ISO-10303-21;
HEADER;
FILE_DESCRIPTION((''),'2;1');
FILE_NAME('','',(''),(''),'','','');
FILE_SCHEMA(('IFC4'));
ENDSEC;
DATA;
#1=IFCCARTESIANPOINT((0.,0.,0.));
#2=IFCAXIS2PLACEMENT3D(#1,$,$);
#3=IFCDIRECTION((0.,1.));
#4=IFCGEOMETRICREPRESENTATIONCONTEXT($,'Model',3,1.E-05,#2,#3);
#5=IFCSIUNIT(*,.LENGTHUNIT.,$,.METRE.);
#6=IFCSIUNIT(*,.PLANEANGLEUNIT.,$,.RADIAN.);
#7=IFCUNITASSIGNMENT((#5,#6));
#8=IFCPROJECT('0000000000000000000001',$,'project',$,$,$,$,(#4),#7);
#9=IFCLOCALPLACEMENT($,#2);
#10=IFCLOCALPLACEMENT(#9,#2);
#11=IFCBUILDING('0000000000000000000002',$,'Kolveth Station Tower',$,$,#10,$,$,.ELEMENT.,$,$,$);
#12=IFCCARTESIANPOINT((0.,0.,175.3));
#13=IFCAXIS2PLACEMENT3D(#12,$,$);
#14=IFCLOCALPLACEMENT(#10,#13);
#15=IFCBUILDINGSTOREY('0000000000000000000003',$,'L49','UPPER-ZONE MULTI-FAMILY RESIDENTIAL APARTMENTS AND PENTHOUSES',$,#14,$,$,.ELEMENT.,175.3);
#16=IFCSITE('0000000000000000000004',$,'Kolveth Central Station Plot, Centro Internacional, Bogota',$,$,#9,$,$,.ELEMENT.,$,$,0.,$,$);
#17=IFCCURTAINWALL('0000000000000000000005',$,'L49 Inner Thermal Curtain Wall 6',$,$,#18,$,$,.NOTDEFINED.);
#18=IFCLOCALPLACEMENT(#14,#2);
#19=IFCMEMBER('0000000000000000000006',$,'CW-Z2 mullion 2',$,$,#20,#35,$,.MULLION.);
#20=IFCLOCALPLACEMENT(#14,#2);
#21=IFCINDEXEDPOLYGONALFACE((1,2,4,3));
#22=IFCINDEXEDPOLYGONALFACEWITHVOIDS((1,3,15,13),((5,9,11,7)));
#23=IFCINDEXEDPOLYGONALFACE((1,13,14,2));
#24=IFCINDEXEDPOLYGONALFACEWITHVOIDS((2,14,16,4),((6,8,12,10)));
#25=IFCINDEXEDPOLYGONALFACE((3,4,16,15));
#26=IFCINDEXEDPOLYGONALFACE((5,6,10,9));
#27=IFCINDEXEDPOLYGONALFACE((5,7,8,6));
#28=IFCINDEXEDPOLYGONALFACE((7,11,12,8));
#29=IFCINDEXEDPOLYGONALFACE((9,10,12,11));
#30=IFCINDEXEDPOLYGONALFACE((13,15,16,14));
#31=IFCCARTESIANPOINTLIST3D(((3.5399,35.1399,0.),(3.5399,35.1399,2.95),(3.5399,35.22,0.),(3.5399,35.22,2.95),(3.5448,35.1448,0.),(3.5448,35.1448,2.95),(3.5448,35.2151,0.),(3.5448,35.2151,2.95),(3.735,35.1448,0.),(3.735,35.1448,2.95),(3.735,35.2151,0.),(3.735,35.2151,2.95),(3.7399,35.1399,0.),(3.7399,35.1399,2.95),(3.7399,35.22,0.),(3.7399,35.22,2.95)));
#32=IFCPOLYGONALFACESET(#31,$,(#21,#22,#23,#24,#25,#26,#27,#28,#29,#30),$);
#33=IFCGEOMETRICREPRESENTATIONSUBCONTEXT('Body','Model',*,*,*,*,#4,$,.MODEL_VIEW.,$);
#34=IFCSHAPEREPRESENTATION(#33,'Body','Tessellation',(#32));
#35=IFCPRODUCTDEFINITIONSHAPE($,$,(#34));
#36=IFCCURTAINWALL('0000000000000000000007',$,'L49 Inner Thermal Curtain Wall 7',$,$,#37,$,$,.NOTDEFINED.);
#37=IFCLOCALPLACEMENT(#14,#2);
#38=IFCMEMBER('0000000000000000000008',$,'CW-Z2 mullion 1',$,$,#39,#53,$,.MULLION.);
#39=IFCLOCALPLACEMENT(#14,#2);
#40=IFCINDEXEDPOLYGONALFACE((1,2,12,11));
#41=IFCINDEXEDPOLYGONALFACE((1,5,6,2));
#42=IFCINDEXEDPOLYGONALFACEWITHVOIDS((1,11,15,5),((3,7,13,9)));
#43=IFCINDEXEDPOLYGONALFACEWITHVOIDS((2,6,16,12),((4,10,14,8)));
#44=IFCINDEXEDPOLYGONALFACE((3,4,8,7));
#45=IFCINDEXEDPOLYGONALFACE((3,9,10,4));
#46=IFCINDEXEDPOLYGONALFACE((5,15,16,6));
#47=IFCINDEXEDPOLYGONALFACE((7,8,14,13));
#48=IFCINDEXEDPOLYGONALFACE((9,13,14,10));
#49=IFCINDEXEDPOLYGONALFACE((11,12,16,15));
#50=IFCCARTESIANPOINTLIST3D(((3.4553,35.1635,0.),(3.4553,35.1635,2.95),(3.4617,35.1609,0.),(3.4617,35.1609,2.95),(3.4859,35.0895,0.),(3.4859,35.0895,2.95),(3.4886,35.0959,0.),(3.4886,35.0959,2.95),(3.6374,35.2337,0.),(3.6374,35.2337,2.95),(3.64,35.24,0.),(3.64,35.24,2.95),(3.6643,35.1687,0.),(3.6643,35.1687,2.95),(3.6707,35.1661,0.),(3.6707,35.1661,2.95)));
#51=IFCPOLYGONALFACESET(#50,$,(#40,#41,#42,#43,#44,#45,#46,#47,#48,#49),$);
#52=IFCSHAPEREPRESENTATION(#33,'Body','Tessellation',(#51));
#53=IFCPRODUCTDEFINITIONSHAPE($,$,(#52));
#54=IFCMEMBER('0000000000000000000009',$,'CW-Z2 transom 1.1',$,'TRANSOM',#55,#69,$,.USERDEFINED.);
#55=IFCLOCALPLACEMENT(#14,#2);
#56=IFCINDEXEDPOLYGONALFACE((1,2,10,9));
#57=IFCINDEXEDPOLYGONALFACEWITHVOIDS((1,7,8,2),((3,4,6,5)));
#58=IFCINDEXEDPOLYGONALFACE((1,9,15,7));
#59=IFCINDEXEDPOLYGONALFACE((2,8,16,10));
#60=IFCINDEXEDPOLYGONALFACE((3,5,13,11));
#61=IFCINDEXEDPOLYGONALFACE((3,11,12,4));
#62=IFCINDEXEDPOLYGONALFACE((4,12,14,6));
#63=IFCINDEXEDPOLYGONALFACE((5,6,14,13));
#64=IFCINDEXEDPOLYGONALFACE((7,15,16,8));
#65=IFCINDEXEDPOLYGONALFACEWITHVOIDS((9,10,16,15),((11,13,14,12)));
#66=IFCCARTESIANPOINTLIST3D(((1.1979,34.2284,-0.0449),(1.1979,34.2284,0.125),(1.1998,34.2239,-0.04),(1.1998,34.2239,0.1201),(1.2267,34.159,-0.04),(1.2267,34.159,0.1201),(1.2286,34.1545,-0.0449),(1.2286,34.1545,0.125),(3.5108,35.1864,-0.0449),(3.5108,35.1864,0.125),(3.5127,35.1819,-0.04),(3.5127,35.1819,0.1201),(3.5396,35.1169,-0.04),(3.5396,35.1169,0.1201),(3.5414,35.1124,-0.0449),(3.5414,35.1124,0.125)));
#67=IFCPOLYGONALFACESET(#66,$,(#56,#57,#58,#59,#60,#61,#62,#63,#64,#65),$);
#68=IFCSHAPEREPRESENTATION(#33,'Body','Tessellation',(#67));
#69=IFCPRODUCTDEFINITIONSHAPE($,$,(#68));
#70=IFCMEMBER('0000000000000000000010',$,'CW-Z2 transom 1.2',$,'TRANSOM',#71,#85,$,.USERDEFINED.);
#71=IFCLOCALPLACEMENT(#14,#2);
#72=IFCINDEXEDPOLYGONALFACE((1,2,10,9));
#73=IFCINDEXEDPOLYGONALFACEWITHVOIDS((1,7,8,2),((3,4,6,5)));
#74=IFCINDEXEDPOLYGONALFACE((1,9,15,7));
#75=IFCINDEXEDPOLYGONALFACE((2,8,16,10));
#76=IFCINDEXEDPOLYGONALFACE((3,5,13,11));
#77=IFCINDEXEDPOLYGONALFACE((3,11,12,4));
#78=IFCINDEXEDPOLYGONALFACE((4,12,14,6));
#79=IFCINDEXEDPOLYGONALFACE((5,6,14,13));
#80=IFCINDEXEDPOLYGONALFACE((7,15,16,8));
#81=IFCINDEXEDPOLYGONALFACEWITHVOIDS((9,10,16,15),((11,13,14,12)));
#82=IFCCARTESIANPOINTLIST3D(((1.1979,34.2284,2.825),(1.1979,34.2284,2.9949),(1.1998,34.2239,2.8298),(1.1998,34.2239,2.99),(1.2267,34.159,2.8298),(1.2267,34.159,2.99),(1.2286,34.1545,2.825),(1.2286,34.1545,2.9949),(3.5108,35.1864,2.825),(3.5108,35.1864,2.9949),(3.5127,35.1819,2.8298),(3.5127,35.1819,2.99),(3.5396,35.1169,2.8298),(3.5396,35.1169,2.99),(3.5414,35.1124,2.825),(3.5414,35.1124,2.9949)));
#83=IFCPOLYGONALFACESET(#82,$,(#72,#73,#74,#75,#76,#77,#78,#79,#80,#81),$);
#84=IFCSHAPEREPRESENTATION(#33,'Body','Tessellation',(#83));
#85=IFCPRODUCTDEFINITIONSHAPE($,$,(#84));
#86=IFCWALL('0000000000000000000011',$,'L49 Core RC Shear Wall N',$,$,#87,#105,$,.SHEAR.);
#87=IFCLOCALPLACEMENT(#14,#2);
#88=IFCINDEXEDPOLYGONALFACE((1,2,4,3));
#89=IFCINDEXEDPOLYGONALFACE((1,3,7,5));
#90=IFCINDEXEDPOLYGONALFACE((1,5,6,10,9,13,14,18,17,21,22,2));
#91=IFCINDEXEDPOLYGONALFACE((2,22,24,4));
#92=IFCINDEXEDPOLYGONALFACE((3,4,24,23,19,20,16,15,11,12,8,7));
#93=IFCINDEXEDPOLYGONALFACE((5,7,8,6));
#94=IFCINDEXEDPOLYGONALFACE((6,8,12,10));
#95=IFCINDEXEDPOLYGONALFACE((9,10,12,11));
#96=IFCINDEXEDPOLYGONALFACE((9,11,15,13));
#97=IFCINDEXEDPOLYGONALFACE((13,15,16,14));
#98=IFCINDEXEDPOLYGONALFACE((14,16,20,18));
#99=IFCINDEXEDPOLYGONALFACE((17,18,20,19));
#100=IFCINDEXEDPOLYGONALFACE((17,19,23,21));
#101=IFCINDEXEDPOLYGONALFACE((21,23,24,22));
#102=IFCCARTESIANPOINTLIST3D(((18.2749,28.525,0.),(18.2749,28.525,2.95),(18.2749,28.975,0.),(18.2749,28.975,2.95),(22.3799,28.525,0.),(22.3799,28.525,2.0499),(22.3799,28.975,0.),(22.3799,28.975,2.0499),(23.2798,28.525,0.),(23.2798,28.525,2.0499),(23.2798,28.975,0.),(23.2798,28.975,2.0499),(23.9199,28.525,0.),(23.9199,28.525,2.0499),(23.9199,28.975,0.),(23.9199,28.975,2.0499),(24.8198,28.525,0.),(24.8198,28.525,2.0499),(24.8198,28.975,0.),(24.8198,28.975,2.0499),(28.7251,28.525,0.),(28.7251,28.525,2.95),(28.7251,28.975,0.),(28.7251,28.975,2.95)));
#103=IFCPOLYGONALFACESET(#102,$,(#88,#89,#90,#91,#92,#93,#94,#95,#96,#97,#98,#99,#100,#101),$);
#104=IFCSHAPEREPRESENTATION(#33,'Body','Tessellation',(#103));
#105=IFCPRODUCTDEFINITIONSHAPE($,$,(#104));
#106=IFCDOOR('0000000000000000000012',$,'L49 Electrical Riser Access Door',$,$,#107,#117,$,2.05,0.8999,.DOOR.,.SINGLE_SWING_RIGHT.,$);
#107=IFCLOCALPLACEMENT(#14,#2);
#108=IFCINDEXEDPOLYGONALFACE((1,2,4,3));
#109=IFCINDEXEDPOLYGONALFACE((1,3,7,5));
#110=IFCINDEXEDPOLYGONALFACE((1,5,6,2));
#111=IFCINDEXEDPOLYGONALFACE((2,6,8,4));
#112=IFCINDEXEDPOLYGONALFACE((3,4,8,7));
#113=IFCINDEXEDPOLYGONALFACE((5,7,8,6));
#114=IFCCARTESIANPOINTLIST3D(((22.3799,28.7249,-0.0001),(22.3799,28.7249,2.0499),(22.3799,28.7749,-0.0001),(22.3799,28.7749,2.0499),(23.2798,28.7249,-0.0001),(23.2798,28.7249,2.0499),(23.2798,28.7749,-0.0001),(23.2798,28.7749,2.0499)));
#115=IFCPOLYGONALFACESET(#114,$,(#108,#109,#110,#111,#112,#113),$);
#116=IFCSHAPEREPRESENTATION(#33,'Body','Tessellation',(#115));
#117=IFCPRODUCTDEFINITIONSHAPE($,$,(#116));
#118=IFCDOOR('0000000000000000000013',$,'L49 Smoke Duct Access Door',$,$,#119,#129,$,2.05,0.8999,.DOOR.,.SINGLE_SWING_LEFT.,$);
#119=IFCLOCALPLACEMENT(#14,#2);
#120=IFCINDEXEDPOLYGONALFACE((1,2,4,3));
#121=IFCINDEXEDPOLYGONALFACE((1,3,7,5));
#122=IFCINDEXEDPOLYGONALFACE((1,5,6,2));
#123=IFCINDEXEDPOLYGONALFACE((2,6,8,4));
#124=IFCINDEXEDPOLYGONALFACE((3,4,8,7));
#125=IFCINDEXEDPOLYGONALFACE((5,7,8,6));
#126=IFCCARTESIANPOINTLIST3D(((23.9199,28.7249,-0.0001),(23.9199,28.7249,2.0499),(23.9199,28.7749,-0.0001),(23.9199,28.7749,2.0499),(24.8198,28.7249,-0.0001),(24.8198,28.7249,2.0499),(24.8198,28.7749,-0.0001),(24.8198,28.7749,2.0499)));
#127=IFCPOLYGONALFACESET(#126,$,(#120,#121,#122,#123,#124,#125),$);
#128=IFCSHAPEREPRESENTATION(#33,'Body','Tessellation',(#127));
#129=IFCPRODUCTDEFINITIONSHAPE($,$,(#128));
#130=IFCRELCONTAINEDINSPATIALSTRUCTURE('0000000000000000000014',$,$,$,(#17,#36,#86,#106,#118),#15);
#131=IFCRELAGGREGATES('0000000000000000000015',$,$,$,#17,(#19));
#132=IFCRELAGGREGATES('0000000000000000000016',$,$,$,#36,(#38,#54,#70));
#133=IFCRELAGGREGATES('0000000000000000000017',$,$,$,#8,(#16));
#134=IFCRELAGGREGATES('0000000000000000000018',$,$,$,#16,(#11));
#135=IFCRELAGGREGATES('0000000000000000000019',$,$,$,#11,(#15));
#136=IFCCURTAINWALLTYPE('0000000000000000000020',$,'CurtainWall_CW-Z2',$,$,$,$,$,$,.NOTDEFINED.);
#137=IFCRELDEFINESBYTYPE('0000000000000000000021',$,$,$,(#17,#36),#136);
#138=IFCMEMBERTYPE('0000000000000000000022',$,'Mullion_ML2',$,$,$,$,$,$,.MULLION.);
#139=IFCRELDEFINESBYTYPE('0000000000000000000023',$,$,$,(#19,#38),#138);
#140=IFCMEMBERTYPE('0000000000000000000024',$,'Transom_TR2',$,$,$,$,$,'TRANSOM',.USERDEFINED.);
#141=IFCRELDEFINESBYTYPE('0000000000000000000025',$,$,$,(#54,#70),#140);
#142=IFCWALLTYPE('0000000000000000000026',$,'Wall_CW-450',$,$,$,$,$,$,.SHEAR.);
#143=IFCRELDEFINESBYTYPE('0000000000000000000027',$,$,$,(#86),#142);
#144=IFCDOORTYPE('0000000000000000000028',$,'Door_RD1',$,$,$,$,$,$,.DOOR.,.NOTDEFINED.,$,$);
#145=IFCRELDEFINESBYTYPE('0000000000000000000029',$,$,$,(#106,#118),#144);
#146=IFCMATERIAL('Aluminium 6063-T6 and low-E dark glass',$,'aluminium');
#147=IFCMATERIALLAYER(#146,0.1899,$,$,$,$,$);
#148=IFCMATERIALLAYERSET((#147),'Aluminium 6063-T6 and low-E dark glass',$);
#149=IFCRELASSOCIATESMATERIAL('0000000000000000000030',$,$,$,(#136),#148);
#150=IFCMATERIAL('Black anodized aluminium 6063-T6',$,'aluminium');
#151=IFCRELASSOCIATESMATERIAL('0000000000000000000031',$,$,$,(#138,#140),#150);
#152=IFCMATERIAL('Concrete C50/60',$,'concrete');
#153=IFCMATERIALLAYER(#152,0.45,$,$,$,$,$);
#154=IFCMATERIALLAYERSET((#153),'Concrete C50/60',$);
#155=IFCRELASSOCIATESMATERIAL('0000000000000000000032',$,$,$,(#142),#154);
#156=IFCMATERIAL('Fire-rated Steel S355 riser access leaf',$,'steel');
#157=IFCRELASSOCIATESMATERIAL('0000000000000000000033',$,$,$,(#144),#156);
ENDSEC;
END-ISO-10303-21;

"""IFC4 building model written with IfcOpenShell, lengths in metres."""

from ifc_helpers import new_model, si_unit, direction, frame, frame_2d, origin, origin_2d, place, context, subcontext, project, spatial, rectangle, hollow_rectangle, extrude, source, transform, mapped, material, layer, layer_set, material_profile, profile_set, type_object, element, fill, aggregate, save


model = new_model("IFC4")

# Units and contexts
model_context = context("Model", 3, precision=1e-05, world=origin(), true_north=direction((0.0, 1.0)))
body_context = subcontext(model_context, "Body", "Model", "MODEL_VIEW")
ifc_project = project(units=[si_unit("LENGTHUNIT", "METRE"), si_unit("PLANEANGLEUNIT", "RADIAN")], contexts=[model_context])

# Site, building, storey
site_placement = place(None, origin())
site = spatial("IfcSite", under=ifc_project, at=site_placement, Name="Kolveth Central Station Plot, Centro Internacional, Bogota", CompositionType="ELEMENT", RefElevation=0.0)
building_placement = place(site_placement, origin())
building = spatial("IfcBuilding", under=site, at=building_placement, Name="Kolveth Station Tower", CompositionType="ELEMENT")
storey_placement = place(building_placement, frame((0.0, 0.0, 175.3)))
storey = spatial("IfcBuildingStorey", under=building, at=storey_placement, Name="L49", Description="UPPER-ZONE MULTI-FAMILY RESIDENTIAL APARTMENTS AND PENTHOUSES", CompositionType="ELEMENT", Elevation=175.3)

# Curtain wall, member
ifc_material_1 = material(Name="Aluminium 6063-T6 and low-E dark glass", Category="aluminium")
ifc_layer_1 = layer(ifc_material_1, 0.1899)
ifc_layer_set_1 = layer_set([ifc_layer_1], Name="Aluminium 6063-T6 and low-E dark glass")
curtain_wall_type = type_object("IfcCurtainWallType", Name="CurtainWall_CW-Z2", PredefinedType="NOTDEFINED", material=ifc_layer_set_1)
curtain_wall_1_placement = place(storey_placement, origin())
curtain_wall_1 = element("IfcCurtainWall", 1, at=curtain_wall_1_placement, inside=storey, type_object=curtain_wall_type, Name="L49 Inner Thermal Curtain Wall 6", PredefinedType="NOTDEFINED")
ifc_material_2 = material(Name="Black anodized aluminium 6063-T6", Category="aluminium")
ifc_material_profile_1 = material_profile(ifc_material_2, hollow_rectangle(XDim=0.0801, YDim=0.2, WallThickness=0.0049, at=origin_2d()), Name="ALU-80x200x5")
ifc_profile_set_1 = profile_set([ifc_material_profile_1], Name="Black anodized aluminium 6063-T6")
member_type_1 = type_object("IfcMemberType", Name="Mullion_ML2", PredefinedType="MULLION", material=ifc_profile_set_1)
shared_shape_1 = source(origin(), body_context, "Body", "SweptSolid", [
    extrude(hollow_rectangle(XDim=0.0801, YDim=0.2, WallThickness=0.0049, at=origin_2d()), origin(), (0.0, 0.0, 1.0), 2.95),
])
member_1_placement = place(storey_placement, frame((3.6399, 35.1799, 0.0), z_axis=(0.0, 0.0, 1.0), x_axis=(0.0, -1.0, 0.0)))
member_1 = element("IfcMember", 2, at=member_1_placement, type_object=member_type_1, Name="CW-Z2 mullion 2", PredefinedType="MULLION", context=body_context, shape_type="MappedRepresentation", body=[
    mapped(shared_shape_1, transform((0.0, 0.0, 0.0), x_axis=(1.0, 0.0, 0.0), y_axis=(0.0, 1.0, 0.0), z_axis=(0.0, 0.0, 1.0), scale=1.0)),
])
aggregate(curtain_wall_1, [member_1])

# Curtain wall, members
curtain_wall_2_placement = place(storey_placement, origin())
curtain_wall_2 = element("IfcCurtainWall", 3, at=curtain_wall_2_placement, inside=storey, type_object=curtain_wall_type, Name="L49 Inner Thermal Curtain Wall 7", PredefinedType="NOTDEFINED")
member_2_placement = place(storey_placement, frame((3.563, 35.1648, 0.0), z_axis=(0.0, 0.0, 1.0), x_axis=(0.382698, -0.923874, 0.0)))
member_2 = element("IfcMember", 4, at=member_2_placement, type_object=member_type_1, Name="CW-Z2 mullion 1", PredefinedType="MULLION", context=body_context, shape_type="MappedRepresentation", body=[
    mapped(shared_shape_1, transform((0.0, 0.0, 0.0), x_axis=(1.0, 0.0, 0.0), y_axis=(0.0, 1.0, 0.0), z_axis=(0.0, 0.0, 1.0), scale=1.0)),
])
ifc_material_profile_2 = material_profile(ifc_material_2, hollow_rectangle(XDim=0.0801, YDim=0.1699, WallThickness=0.0049, at=origin_2d()), Name="ALU-80x170x5")
ifc_profile_set_2 = profile_set([ifc_material_profile_2], Name="Black anodized aluminium 6063-T6")
member_type_2 = type_object("IfcMemberType", Name="Transom_TR2", ElementType="TRANSOM", PredefinedType="USERDEFINED", material=ifc_profile_set_2)
shared_shape_2 = source(origin(), body_context, "Body", "SweptSolid", [
    extrude(hollow_rectangle(XDim=0.0801, YDim=0.1699, WallThickness=0.0049, at=origin_2d()), origin(), (0.0, 0.0, 1.0), 2.5034),
])
member_3_placement = place(storey_placement, frame((3.5261, 35.1494, 0.04), z_axis=(-0.923888, -0.382662, 0.0), x_axis=(0.382662, -0.923888, 0.0)))
member_3 = element("IfcMember", 5, at=member_3_placement, type_object=member_type_2, Name="CW-Z2 transom 1.1", ObjectType="TRANSOM", PredefinedType="USERDEFINED", context=body_context, shape_type="MappedRepresentation", body=[
    mapped(shared_shape_2, transform((0.0, 0.0, 0.0), x_axis=(1.0, 0.0, 0.0), y_axis=(0.0, 1.0, 0.0), z_axis=(0.0, 0.0, 1.0), scale=1.0)),
])
member_4_placement = place(storey_placement, frame((3.5261, 35.1494, 2.9099), z_axis=(-0.923888, -0.382662, 0.0), x_axis=(0.382662, -0.923888, 0.0)))
member_4 = element("IfcMember", 6, at=member_4_placement, type_object=member_type_2, Name="CW-Z2 transom 1.2", ObjectType="TRANSOM", PredefinedType="USERDEFINED", context=body_context, shape_type="MappedRepresentation", body=[
    mapped(shared_shape_2, transform((0.0, 0.0, 0.0), x_axis=(1.0, 0.0, 0.0), y_axis=(0.0, 1.0, 0.0), z_axis=(0.0, 0.0, 1.0), scale=1.0)),
])
aggregate(curtain_wall_2, [member_2, member_3, member_4])

# Wall, openings, doors
ifc_material_3 = material(Name="Concrete C50/60", Category="concrete")
ifc_layer_2 = layer(ifc_material_3, 0.45)
ifc_layer_set_2 = layer_set([ifc_layer_2], Name="Concrete C50/60")
wall_type_1 = type_object("IfcWallType", Name="Wall_CW-450", PredefinedType="SHEAR", material=ifc_layer_set_2)
wall_1_placement = place(storey_placement, frame((18.2749, 28.75, 0.0), z_axis=(0.0, 0.0, 1.0), x_axis=(1.0, 0.0, 0.0)))
wall_1 = element("IfcWall", 7, at=wall_1_placement, inside=storey, type_object=wall_type_1, Name="L49 Core RC Shear Wall N", PredefinedType="SHEAR", context=body_context, shape_type="SweptSolid", body=[
    extrude(rectangle(XDim=10.4502, YDim=0.45, at=frame_2d((5.2251, 0.0))), origin(), (0.0, 0.0, 1.0), 2.95),
])
opening_1_placement = place(wall_1_placement, frame((4.105, 0.0, 0.0)))
opening_1 = element("IfcOpeningElement", 8, at=opening_1_placement, cuts=wall_1, PredefinedType="OPENING", context=body_context, shape_type="SweptSolid", body=[
    extrude(rectangle(XDim=0.8999, YDim=2.05, at=frame_2d((0.45, 1.0249))), frame((0.0, 0.2349, 0.0), z_axis=(0.0, -1.0, 0.0), x_axis=(1.0, 0.0, 0.0)), (0.0, 0.0, 1.0), 0.47),
])
opening_2_placement = place(wall_1_placement, frame((5.645, 0.0, 0.0)))
opening_2 = element("IfcOpeningElement", 9, at=opening_2_placement, cuts=wall_1, PredefinedType="OPENING", context=body_context, shape_type="SweptSolid", body=[
    extrude(rectangle(XDim=0.8999, YDim=2.05, at=frame_2d((0.45, 1.0249))), frame((0.0, 0.2349, 0.0), z_axis=(0.0, -1.0, 0.0), x_axis=(1.0, 0.0, 0.0)), (0.0, 0.0, 1.0), 0.47),
])
ifc_material_4 = material(Name="Fire-rated Steel S355 riser access leaf", Category="steel")
door_type_1 = type_object("IfcDoorType", Name="Door_RD1", OperationType="NOTDEFINED", PredefinedType="DOOR", material=ifc_material_4)
door_1_placement = place(opening_1_placement, origin())
door_1 = element("IfcDoor", 10, at=door_1_placement, inside=storey, type_object=door_type_1, Name="L49 Electrical Riser Access Door", OperationType="SINGLE_SWING_RIGHT", OverallHeight=2.05, OverallWidth=0.8999, PredefinedType="DOOR", context=body_context, shape_type="SweptSolid", body=[
    extrude(rectangle(XDim=0.8999, YDim=2.05, at=frame_2d((0.45, 1.0249))), frame((0.0, 0.0249, 0.0), z_axis=(0.0, -1.0, 0.0), x_axis=(1.0, 0.0, 0.0)), (0.0, 0.0, 1.0), 0.05),
])
fill(opening_1, door_1)
door_2_placement = place(opening_2_placement, origin())
door_2 = element("IfcDoor", 11, at=door_2_placement, inside=storey, type_object=door_type_1, Name="L49 Smoke Duct Access Door", OperationType="SINGLE_SWING_LEFT", OverallHeight=2.05, OverallWidth=0.8999, PredefinedType="DOOR", context=body_context, shape_type="SweptSolid", body=[
    extrude(rectangle(XDim=0.8999, YDim=2.05, at=frame_2d((0.45, 1.0249))), frame((0.0, 0.0249, 0.0), z_axis=(0.0, -1.0, 0.0), x_axis=(1.0, 0.0, 0.0)), (0.0, 0.0, 1.0), 0.05),
])
fill(opening_2, door_2)

save(model, "model.ifc")
